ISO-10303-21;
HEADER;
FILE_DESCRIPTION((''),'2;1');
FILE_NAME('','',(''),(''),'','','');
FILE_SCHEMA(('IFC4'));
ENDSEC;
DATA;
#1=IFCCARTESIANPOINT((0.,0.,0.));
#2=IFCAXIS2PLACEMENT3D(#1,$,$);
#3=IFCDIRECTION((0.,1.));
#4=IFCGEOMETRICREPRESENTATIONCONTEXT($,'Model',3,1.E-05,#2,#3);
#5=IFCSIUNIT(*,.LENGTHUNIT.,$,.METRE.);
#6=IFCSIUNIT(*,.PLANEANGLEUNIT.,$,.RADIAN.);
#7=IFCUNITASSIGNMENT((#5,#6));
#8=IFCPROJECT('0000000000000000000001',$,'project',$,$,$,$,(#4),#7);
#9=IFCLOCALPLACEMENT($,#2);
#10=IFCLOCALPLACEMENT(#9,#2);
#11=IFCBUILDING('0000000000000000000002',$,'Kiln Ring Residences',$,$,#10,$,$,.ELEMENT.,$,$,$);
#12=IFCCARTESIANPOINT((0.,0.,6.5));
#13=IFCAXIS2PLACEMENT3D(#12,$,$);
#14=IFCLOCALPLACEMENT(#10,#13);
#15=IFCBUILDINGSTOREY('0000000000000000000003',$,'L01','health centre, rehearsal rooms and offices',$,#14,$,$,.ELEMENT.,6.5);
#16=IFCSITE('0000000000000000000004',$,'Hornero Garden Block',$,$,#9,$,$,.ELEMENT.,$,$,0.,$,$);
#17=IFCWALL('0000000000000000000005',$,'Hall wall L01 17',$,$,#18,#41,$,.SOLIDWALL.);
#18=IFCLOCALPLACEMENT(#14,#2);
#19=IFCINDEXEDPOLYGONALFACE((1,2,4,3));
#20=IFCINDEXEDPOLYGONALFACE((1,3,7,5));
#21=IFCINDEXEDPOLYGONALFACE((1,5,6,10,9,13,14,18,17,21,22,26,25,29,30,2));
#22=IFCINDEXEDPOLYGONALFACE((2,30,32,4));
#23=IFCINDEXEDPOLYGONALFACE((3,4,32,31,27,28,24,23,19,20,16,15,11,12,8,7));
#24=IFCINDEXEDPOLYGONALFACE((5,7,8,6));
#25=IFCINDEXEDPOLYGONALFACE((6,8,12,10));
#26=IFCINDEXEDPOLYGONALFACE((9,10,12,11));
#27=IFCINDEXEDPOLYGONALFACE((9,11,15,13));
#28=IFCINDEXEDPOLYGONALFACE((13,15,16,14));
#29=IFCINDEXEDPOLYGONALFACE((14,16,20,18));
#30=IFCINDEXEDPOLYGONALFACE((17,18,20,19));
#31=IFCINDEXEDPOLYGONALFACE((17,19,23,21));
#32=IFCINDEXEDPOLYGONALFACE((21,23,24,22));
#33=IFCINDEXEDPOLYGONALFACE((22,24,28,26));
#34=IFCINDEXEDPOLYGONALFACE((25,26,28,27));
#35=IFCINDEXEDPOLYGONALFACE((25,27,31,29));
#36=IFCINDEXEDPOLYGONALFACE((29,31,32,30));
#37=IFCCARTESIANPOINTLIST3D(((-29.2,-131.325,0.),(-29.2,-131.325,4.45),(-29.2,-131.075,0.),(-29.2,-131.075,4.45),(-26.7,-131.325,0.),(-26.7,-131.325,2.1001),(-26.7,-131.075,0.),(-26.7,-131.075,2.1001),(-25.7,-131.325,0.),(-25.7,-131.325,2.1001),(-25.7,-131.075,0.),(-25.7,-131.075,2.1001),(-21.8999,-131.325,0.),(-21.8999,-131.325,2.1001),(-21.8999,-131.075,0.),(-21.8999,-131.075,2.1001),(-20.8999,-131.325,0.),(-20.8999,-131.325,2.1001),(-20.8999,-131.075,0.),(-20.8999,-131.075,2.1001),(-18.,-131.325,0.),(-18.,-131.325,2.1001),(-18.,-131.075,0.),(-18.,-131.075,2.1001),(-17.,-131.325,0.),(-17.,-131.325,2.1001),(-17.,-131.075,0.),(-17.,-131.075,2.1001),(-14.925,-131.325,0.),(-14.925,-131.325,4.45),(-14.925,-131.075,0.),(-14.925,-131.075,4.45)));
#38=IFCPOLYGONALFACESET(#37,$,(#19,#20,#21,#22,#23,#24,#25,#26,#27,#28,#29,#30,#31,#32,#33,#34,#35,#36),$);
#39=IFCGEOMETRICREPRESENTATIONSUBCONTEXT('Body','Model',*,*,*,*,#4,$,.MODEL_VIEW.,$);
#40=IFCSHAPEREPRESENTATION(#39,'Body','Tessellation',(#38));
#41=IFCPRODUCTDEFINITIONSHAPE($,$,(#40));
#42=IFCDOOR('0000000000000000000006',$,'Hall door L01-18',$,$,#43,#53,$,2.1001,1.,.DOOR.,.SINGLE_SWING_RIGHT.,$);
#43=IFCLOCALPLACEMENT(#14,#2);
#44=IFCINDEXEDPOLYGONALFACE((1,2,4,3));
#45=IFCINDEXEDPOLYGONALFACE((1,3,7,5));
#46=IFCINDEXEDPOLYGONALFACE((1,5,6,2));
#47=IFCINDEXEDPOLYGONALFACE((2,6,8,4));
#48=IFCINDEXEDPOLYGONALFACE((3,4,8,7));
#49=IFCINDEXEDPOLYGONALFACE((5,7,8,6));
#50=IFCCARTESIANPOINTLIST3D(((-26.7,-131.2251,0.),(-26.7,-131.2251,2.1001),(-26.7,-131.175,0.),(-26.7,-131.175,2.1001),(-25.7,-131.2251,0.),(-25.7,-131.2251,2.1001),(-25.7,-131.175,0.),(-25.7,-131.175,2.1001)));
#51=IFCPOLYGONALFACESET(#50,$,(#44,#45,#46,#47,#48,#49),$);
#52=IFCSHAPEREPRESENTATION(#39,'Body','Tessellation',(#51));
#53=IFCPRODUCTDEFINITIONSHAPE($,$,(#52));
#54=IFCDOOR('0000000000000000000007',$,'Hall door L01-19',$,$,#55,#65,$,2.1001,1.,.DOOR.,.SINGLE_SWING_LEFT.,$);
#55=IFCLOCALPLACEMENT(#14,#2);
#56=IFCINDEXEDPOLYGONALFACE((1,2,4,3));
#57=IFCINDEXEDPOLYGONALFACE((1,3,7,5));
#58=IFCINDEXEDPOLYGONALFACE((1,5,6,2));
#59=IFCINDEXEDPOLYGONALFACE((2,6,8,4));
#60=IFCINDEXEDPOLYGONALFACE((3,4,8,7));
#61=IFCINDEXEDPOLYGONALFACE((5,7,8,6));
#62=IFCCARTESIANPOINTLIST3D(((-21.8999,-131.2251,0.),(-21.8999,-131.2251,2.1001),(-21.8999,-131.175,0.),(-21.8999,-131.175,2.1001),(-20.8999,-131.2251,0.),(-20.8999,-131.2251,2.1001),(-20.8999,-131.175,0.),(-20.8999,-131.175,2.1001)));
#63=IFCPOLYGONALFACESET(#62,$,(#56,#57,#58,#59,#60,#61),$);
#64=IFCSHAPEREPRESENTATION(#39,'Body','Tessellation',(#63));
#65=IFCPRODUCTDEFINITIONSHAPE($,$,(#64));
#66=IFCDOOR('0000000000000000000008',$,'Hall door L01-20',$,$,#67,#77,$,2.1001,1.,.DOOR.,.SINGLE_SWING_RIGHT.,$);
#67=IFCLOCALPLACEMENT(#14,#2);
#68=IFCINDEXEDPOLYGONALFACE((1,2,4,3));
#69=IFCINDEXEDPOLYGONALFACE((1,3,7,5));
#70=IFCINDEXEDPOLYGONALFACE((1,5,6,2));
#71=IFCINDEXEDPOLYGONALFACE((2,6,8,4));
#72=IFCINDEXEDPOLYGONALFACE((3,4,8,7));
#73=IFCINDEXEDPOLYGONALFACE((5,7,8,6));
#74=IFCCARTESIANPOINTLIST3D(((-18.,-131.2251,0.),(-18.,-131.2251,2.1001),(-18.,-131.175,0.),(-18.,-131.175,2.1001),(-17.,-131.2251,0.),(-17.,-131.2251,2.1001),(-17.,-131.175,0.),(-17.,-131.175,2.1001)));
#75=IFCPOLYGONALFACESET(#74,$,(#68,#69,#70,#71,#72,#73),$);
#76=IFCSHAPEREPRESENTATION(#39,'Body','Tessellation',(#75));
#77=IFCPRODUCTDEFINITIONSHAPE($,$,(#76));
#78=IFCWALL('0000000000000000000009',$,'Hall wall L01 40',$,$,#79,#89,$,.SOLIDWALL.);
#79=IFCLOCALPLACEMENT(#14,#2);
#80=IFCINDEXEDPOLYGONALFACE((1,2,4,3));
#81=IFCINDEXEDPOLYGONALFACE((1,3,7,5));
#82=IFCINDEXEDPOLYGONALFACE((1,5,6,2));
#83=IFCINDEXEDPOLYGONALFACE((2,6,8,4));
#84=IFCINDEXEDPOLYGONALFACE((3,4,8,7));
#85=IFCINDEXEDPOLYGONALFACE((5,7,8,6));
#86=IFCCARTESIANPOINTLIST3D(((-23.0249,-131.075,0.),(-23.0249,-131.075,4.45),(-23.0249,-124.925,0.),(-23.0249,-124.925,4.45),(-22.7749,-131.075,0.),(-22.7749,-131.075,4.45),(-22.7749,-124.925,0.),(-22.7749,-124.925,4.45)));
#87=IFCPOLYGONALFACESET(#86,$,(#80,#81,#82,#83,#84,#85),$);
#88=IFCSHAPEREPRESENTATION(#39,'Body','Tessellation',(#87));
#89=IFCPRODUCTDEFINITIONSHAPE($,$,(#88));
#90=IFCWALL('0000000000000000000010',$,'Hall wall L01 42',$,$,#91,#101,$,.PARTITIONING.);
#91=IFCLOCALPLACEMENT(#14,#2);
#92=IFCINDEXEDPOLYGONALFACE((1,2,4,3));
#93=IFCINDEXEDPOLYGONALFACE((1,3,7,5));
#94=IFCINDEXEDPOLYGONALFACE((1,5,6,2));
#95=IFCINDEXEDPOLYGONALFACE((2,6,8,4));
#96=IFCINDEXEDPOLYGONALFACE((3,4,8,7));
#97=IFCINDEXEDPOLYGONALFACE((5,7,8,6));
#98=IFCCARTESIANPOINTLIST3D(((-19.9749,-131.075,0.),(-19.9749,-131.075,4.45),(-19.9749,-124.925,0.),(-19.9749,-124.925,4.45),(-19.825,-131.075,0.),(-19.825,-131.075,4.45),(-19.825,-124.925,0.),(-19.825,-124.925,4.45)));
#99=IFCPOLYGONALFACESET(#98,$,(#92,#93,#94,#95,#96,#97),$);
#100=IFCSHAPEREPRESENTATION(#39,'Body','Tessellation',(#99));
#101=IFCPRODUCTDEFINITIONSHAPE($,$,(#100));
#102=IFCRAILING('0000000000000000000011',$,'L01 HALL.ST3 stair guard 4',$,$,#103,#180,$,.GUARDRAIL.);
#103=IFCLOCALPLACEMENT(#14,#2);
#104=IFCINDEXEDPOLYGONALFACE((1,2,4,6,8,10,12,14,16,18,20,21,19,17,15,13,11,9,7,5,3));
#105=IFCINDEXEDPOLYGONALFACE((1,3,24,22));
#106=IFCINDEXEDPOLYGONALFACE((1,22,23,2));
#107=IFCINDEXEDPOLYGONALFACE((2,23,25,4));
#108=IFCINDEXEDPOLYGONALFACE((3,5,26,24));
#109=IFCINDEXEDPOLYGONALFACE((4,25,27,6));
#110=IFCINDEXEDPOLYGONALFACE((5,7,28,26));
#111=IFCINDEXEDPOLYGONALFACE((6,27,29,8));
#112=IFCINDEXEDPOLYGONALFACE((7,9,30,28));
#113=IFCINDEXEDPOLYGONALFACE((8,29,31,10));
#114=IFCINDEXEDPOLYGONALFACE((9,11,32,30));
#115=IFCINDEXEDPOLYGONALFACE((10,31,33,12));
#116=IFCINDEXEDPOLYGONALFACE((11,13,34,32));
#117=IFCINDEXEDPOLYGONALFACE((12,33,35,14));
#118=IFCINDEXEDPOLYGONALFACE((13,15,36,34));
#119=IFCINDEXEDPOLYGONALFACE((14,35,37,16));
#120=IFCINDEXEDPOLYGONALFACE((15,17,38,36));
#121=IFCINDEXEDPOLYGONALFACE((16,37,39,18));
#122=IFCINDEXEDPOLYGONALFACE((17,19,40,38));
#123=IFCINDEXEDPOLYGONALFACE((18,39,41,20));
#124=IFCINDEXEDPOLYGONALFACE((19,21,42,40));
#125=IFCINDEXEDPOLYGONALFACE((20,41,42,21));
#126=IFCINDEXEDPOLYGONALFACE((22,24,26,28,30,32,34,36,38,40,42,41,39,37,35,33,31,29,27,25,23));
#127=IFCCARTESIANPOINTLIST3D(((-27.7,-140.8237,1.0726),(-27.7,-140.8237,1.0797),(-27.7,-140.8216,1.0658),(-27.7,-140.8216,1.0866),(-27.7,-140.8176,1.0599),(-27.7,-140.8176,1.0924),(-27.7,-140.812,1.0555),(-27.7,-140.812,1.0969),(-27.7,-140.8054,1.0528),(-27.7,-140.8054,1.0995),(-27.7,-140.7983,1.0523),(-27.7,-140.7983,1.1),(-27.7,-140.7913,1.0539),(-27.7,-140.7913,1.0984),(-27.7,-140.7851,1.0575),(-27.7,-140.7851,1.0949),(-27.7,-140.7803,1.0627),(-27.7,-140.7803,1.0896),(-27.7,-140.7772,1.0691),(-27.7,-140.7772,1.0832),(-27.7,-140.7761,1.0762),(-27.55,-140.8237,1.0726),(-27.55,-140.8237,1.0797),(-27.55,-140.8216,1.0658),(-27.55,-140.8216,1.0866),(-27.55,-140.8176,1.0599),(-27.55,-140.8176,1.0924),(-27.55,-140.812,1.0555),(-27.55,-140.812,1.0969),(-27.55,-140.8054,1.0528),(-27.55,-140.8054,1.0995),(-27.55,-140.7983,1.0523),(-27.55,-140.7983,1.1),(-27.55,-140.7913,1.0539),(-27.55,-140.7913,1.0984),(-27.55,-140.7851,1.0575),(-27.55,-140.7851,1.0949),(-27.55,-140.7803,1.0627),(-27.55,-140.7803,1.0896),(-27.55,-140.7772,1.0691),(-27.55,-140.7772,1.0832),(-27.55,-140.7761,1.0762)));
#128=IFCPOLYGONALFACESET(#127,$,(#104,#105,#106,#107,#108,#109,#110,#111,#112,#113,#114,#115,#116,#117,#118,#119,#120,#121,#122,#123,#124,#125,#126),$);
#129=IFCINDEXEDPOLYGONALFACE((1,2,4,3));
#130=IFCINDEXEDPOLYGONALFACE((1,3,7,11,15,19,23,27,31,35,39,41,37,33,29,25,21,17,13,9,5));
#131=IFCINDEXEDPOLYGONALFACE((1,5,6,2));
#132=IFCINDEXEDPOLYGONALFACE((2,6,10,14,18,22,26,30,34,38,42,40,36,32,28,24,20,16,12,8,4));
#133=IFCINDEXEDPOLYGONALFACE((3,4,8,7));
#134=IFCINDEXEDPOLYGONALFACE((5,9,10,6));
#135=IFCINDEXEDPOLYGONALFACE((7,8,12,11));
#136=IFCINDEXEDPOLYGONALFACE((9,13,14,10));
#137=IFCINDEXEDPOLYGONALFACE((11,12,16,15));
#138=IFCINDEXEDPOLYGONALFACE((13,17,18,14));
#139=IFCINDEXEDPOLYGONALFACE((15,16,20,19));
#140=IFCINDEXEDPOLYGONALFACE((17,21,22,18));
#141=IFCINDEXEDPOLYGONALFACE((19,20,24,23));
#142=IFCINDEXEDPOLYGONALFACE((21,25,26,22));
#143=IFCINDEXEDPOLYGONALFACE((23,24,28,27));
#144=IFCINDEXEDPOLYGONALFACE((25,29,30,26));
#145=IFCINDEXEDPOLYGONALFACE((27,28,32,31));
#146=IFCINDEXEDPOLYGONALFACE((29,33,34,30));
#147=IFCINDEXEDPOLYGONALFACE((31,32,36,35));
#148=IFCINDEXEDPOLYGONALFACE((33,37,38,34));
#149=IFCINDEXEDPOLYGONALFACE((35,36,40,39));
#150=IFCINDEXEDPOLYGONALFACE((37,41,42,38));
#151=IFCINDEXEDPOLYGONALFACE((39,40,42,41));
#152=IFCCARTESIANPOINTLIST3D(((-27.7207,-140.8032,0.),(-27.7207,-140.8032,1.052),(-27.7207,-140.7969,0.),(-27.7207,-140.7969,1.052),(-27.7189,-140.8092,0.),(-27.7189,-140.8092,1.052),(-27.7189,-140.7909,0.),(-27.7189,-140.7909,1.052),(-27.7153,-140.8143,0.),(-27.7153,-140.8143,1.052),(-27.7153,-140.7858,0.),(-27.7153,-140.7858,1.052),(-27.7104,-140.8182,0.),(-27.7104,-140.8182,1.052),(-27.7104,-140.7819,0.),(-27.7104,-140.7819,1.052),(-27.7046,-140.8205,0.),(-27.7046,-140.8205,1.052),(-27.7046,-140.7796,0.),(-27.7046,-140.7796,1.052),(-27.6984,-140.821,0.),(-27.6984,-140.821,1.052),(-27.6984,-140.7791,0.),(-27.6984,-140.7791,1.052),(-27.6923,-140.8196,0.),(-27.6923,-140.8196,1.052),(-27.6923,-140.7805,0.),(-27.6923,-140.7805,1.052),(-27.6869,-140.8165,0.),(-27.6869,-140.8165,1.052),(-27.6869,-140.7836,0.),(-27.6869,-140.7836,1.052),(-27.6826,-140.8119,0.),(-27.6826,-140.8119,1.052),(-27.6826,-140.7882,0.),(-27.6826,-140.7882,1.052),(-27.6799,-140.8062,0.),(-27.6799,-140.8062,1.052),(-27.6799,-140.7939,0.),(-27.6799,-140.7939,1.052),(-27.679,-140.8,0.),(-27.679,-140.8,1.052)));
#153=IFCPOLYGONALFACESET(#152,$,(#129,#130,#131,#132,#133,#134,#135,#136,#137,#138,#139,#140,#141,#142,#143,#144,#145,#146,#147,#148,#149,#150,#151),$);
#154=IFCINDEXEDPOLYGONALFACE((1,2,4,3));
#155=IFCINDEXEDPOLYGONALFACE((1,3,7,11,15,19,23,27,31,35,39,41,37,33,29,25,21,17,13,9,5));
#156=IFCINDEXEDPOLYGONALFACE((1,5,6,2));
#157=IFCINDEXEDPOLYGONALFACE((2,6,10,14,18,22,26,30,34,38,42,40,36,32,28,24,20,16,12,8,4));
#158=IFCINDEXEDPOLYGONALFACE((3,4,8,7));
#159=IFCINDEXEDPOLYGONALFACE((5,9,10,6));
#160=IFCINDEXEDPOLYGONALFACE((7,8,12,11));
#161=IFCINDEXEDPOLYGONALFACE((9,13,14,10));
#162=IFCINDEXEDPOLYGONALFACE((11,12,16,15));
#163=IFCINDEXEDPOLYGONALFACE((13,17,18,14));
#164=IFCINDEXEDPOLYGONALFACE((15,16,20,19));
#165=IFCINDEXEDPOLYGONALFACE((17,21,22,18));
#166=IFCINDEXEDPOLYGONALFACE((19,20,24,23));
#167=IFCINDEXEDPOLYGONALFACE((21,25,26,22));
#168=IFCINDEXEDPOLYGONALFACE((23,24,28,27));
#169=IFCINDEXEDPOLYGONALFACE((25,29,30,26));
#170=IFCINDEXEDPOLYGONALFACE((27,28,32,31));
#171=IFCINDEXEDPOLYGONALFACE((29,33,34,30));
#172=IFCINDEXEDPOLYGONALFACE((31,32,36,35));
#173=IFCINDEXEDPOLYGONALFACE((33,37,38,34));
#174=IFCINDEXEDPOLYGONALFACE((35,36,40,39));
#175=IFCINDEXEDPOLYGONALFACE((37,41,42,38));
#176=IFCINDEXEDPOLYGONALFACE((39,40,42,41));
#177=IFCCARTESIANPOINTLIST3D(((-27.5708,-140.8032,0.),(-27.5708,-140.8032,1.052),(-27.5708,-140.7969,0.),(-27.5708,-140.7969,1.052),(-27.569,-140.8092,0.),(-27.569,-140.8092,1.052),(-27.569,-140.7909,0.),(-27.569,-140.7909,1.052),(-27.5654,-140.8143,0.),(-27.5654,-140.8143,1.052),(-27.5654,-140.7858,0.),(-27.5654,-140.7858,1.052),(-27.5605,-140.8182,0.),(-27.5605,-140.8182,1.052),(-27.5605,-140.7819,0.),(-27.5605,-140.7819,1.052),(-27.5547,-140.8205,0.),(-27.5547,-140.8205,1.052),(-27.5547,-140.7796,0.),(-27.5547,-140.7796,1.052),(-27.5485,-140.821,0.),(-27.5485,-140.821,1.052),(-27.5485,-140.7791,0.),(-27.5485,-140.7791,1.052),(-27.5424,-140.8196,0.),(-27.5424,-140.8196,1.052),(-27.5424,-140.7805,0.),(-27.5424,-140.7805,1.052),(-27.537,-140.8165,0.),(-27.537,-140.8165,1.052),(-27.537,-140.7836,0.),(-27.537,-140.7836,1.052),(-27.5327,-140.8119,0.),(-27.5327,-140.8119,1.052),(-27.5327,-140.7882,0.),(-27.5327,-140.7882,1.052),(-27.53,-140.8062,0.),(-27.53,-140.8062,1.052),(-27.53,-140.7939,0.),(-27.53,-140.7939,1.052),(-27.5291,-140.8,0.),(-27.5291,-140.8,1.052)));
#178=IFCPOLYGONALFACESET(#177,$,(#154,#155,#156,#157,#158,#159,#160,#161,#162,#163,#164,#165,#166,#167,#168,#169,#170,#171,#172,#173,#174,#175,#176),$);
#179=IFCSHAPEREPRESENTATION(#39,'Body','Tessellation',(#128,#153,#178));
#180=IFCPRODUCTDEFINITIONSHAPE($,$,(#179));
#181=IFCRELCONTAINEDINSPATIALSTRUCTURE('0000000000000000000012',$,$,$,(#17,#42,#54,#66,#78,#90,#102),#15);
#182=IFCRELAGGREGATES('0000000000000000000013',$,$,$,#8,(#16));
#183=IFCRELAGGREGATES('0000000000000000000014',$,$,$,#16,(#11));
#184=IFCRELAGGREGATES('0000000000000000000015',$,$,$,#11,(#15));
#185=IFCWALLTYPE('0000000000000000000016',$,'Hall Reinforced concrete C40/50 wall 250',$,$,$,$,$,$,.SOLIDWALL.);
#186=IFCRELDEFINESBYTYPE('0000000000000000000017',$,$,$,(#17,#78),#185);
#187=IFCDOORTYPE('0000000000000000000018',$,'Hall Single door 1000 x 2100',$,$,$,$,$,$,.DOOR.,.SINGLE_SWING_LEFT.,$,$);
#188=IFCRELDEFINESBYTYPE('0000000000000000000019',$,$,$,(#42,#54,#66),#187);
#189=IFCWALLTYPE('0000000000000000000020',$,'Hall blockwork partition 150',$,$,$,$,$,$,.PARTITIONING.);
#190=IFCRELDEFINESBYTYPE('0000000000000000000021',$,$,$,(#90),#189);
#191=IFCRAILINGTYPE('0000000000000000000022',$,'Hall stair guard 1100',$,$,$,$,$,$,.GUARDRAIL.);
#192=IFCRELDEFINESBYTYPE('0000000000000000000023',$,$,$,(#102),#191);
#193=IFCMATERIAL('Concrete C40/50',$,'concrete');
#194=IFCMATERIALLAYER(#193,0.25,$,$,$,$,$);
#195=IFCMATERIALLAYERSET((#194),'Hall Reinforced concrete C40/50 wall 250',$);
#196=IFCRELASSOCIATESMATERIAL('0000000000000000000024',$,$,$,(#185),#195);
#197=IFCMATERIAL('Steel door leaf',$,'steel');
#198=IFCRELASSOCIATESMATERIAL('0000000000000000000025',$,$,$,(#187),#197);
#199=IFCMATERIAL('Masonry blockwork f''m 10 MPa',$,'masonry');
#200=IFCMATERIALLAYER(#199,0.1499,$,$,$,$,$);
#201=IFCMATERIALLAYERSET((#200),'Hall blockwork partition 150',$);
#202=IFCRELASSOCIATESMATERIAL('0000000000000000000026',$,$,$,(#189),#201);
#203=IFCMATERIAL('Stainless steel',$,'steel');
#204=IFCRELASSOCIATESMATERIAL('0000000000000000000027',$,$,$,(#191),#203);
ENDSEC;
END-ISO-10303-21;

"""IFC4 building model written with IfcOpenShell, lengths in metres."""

from ifc_helpers import new_model, si_unit, direction, frame, frame_2d, origin, origin_2d, place, context, subcontext, project, spatial, rectangle, circle, extrude, material, layer, layer_set, type_object, element, fill, save


model = new_model("IFC4")

# Units and contexts
model_context = context("Model", 3, precision=1e-05, world=origin(), true_north=direction((0.0, 1.0)))
body_context = subcontext(model_context, "Body", "Model", "MODEL_VIEW")
ifc_project = project(units=[si_unit("LENGTHUNIT", "METRE"), si_unit("PLANEANGLEUNIT", "RADIAN")], contexts=[model_context])

# Site, building, storey
site_placement = place(None, origin())
site = spatial("IfcSite", under=ifc_project, at=site_placement, Name="Hornero Garden Block", CompositionType="ELEMENT", RefElevation=0.0)
building_placement = place(site_placement, origin())
building = spatial("IfcBuilding", under=site, at=building_placement, Name="Kiln Ring Residences", CompositionType="ELEMENT")
storey_placement = place(building_placement, frame((0.0, 0.0, 6.5)))
storey = spatial("IfcBuildingStorey", under=building, at=storey_placement, Name="L01", Description="health centre, rehearsal rooms and offices", CompositionType="ELEMENT", Elevation=6.5)

# Shared definitions
ifc_material_1 = material(Name="Concrete C40/50", Category="concrete")
ifc_layer_1 = layer(ifc_material_1, 0.25)
ifc_layer_set_1 = layer_set([ifc_layer_1], Name="Hall Reinforced concrete C40/50 wall 250")
wall_type_1 = type_object("IfcWallType", Name="Hall Reinforced concrete C40/50 wall 250", PredefinedType="SOLIDWALL", material=ifc_layer_set_1)

# Wall, openings, doors
wall_1_placement = place(storey_placement, frame((-29.2, -131.2, 0.0), z_axis=(0.0, 0.0, 1.0), x_axis=(1.0, 0.0, 0.0)))
wall_1 = element("IfcWall", 1, at=wall_1_placement, inside=storey, type_object=wall_type_1, Name="Hall wall L01 17", PredefinedType="SOLIDWALL", context=body_context, shape_type="SweptSolid", body=[
    extrude(rectangle(XDim=14.2749, YDim=0.25, at=frame_2d((7.1375, 0.0))), origin(), (0.0, 0.0, 1.0), 4.45),
])
opening_1_placement = place(wall_1_placement, frame((2.5, 0.0, 0.0)))
opening_1 = element("IfcOpeningElement", 2, at=opening_1_placement, cuts=wall_1, PredefinedType="OPENING", context=body_context, shape_type="SweptSolid", body=[
    extrude(rectangle(XDim=1.0, YDim=2.1001, at=frame_2d((0.5, 1.05))), frame((0.0, 0.135, 0.0), z_axis=(0.0, -1.0, 0.0), x_axis=(1.0, 0.0, 0.0)), (0.0, 0.0, 1.0), 0.27),
])
opening_2_placement = place(wall_1_placement, frame((7.3, 0.0, 0.0)))
opening_2 = element("IfcOpeningElement", 3, at=opening_2_placement, cuts=wall_1, PredefinedType="OPENING", context=body_context, shape_type="SweptSolid", body=[
    extrude(rectangle(XDim=1.0, YDim=2.1001, at=frame_2d((0.5, 1.05))), frame((0.0, 0.135, 0.0), z_axis=(0.0, -1.0, 0.0), x_axis=(1.0, 0.0, 0.0)), (0.0, 0.0, 1.0), 0.27),
])
opening_3_placement = place(wall_1_placement, frame((11.2, 0.0, 0.0)))
opening_3 = element("IfcOpeningElement", 4, at=opening_3_placement, cuts=wall_1, PredefinedType="OPENING", context=body_context, shape_type="SweptSolid", body=[
    extrude(rectangle(XDim=1.0, YDim=2.1001, at=frame_2d((0.5, 1.05))), frame((0.0, 0.135, 0.0), z_axis=(0.0, -1.0, 0.0), x_axis=(1.0, 0.0, 0.0)), (0.0, 0.0, 1.0), 0.27),
])
ifc_material_2 = material(Name="Steel door leaf", Category="steel")
door_type_1 = type_object("IfcDoorType", Name="Hall Single door 1000 x 2100", OperationType="SINGLE_SWING_LEFT", PredefinedType="DOOR", material=ifc_material_2)
door_1_placement = place(opening_1_placement, origin())
door_1 = element("IfcDoor", 5, at=door_1_placement, inside=storey, type_object=door_type_1, Name="Hall door L01-18", OperationType="SINGLE_SWING_RIGHT", OverallHeight=2.1001, OverallWidth=1.0, PredefinedType="DOOR", context=body_context, shape_type="SweptSolid", body=[
    extrude(rectangle(XDim=1.0, YDim=2.1001, at=frame_2d((0.5, 1.05))), frame((0.0, 0.0249, 0.0), z_axis=(0.0, -1.0, 0.0), x_axis=(1.0, 0.0, 0.0)), (0.0, 0.0, 1.0), 0.05),
])
fill(opening_1, door_1)
door_2_placement = place(opening_2_placement, origin())
door_2 = element("IfcDoor", 6, at=door_2_placement, inside=storey, type_object=door_type_1, Name="Hall door L01-19", OperationType="SINGLE_SWING_LEFT", OverallHeight=2.1001, OverallWidth=1.0, PredefinedType="DOOR", context=body_context, shape_type="SweptSolid", body=[
    extrude(rectangle(XDim=1.0, YDim=2.1001, at=frame_2d((0.5, 1.05))), frame((0.0, 0.0249, 0.0), z_axis=(0.0, -1.0, 0.0), x_axis=(1.0, 0.0, 0.0)), (0.0, 0.0, 1.0), 0.05),
])
fill(opening_2, door_2)
door_3_placement = place(opening_3_placement, origin())
door_3 = element("IfcDoor", 7, at=door_3_placement, inside=storey, type_object=door_type_1, Name="Hall door L01-20", OperationType="SINGLE_SWING_RIGHT", OverallHeight=2.1001, OverallWidth=1.0, PredefinedType="DOOR", context=body_context, shape_type="SweptSolid", body=[
    extrude(rectangle(XDim=1.0, YDim=2.1001, at=frame_2d((0.5, 1.05))), frame((0.0, 0.0249, 0.0), z_axis=(0.0, -1.0, 0.0), x_axis=(1.0, 0.0, 0.0)), (0.0, 0.0, 1.0), 0.05),
])
fill(opening_3, door_3)

# Walls
wall_2_placement = place(storey_placement, frame((-22.8999, -131.075, 0.0), z_axis=(0.0, 0.0, 1.0), x_axis=(0.0, 1.0, 0.0)))
element("IfcWall", 8, at=wall_2_placement, inside=storey, type_object=wall_type_1, Name="Hall wall L01 40", PredefinedType="SOLIDWALL", context=body_context, shape_type="SweptSolid", body=[
    extrude(rectangle(XDim=6.1499, YDim=0.25, at=frame_2d((3.075, 0.0))), origin(), (0.0, 0.0, 1.0), 4.45),
])
ifc_material_3 = material(Name="Masonry blockwork f'm 10 MPa", Category="masonry")
ifc_layer_2 = layer(ifc_material_3, 0.1499)
ifc_layer_set_2 = layer_set([ifc_layer_2], Name="Hall blockwork partition 150")
wall_type_2 = type_object("IfcWallType", Name="Hall blockwork partition 150", PredefinedType="PARTITIONING", material=ifc_layer_set_2)
wall_3_placement = place(storey_placement, frame((-19.8999, -131.075, 0.0), z_axis=(0.0, 0.0, 1.0), x_axis=(0.0, 1.0, 0.0)))
element("IfcWall", 9, at=wall_3_placement, inside=storey, type_object=wall_type_2, Name="Hall wall L01 42", PredefinedType="PARTITIONING", context=body_context, shape_type="SweptSolid", body=[
    extrude(rectangle(XDim=6.1499, YDim=0.1499, at=frame_2d((3.075, 0.0))), origin(), (0.0, 0.0, 1.0), 4.45),
])

# Railing
ifc_material_4 = material(Name="Stainless steel", Category="steel")
railing_type = type_object("IfcRailingType", Name="Hall stair guard 1100", PredefinedType="GUARDRAIL", material=ifc_material_4)
railing_placement = place(storey_placement, frame((-27.7, -140.8, 0.0)))
element("IfcRailing", 10, at=railing_placement, inside=storey, type_object=railing_type, Name="L01 HALL.ST3 stair guard 4", PredefinedType="GUARDRAIL", context=body_context, shape_type="SweptSolid", body=[
    extrude(circle(Radius=0.0239, at=origin_2d()), frame((0.0, 0.0, 1.0762), z_axis=(1.0, 0.0, 0.0), x_axis=(0.0, 1.0, 0.0)), (0.0, 0.0, 1.0), 0.1499),
    extrude(circle(Radius=0.021, at=origin_2d()), origin(), (0.0, 0.0, 1.0), 1.052),
    extrude(circle(Radius=0.021, at=origin_2d()), frame((0.1499, 0.0, 0.0)), (0.0, 0.0, 1.0), 1.052),
])

save(model, "model.ifc")
